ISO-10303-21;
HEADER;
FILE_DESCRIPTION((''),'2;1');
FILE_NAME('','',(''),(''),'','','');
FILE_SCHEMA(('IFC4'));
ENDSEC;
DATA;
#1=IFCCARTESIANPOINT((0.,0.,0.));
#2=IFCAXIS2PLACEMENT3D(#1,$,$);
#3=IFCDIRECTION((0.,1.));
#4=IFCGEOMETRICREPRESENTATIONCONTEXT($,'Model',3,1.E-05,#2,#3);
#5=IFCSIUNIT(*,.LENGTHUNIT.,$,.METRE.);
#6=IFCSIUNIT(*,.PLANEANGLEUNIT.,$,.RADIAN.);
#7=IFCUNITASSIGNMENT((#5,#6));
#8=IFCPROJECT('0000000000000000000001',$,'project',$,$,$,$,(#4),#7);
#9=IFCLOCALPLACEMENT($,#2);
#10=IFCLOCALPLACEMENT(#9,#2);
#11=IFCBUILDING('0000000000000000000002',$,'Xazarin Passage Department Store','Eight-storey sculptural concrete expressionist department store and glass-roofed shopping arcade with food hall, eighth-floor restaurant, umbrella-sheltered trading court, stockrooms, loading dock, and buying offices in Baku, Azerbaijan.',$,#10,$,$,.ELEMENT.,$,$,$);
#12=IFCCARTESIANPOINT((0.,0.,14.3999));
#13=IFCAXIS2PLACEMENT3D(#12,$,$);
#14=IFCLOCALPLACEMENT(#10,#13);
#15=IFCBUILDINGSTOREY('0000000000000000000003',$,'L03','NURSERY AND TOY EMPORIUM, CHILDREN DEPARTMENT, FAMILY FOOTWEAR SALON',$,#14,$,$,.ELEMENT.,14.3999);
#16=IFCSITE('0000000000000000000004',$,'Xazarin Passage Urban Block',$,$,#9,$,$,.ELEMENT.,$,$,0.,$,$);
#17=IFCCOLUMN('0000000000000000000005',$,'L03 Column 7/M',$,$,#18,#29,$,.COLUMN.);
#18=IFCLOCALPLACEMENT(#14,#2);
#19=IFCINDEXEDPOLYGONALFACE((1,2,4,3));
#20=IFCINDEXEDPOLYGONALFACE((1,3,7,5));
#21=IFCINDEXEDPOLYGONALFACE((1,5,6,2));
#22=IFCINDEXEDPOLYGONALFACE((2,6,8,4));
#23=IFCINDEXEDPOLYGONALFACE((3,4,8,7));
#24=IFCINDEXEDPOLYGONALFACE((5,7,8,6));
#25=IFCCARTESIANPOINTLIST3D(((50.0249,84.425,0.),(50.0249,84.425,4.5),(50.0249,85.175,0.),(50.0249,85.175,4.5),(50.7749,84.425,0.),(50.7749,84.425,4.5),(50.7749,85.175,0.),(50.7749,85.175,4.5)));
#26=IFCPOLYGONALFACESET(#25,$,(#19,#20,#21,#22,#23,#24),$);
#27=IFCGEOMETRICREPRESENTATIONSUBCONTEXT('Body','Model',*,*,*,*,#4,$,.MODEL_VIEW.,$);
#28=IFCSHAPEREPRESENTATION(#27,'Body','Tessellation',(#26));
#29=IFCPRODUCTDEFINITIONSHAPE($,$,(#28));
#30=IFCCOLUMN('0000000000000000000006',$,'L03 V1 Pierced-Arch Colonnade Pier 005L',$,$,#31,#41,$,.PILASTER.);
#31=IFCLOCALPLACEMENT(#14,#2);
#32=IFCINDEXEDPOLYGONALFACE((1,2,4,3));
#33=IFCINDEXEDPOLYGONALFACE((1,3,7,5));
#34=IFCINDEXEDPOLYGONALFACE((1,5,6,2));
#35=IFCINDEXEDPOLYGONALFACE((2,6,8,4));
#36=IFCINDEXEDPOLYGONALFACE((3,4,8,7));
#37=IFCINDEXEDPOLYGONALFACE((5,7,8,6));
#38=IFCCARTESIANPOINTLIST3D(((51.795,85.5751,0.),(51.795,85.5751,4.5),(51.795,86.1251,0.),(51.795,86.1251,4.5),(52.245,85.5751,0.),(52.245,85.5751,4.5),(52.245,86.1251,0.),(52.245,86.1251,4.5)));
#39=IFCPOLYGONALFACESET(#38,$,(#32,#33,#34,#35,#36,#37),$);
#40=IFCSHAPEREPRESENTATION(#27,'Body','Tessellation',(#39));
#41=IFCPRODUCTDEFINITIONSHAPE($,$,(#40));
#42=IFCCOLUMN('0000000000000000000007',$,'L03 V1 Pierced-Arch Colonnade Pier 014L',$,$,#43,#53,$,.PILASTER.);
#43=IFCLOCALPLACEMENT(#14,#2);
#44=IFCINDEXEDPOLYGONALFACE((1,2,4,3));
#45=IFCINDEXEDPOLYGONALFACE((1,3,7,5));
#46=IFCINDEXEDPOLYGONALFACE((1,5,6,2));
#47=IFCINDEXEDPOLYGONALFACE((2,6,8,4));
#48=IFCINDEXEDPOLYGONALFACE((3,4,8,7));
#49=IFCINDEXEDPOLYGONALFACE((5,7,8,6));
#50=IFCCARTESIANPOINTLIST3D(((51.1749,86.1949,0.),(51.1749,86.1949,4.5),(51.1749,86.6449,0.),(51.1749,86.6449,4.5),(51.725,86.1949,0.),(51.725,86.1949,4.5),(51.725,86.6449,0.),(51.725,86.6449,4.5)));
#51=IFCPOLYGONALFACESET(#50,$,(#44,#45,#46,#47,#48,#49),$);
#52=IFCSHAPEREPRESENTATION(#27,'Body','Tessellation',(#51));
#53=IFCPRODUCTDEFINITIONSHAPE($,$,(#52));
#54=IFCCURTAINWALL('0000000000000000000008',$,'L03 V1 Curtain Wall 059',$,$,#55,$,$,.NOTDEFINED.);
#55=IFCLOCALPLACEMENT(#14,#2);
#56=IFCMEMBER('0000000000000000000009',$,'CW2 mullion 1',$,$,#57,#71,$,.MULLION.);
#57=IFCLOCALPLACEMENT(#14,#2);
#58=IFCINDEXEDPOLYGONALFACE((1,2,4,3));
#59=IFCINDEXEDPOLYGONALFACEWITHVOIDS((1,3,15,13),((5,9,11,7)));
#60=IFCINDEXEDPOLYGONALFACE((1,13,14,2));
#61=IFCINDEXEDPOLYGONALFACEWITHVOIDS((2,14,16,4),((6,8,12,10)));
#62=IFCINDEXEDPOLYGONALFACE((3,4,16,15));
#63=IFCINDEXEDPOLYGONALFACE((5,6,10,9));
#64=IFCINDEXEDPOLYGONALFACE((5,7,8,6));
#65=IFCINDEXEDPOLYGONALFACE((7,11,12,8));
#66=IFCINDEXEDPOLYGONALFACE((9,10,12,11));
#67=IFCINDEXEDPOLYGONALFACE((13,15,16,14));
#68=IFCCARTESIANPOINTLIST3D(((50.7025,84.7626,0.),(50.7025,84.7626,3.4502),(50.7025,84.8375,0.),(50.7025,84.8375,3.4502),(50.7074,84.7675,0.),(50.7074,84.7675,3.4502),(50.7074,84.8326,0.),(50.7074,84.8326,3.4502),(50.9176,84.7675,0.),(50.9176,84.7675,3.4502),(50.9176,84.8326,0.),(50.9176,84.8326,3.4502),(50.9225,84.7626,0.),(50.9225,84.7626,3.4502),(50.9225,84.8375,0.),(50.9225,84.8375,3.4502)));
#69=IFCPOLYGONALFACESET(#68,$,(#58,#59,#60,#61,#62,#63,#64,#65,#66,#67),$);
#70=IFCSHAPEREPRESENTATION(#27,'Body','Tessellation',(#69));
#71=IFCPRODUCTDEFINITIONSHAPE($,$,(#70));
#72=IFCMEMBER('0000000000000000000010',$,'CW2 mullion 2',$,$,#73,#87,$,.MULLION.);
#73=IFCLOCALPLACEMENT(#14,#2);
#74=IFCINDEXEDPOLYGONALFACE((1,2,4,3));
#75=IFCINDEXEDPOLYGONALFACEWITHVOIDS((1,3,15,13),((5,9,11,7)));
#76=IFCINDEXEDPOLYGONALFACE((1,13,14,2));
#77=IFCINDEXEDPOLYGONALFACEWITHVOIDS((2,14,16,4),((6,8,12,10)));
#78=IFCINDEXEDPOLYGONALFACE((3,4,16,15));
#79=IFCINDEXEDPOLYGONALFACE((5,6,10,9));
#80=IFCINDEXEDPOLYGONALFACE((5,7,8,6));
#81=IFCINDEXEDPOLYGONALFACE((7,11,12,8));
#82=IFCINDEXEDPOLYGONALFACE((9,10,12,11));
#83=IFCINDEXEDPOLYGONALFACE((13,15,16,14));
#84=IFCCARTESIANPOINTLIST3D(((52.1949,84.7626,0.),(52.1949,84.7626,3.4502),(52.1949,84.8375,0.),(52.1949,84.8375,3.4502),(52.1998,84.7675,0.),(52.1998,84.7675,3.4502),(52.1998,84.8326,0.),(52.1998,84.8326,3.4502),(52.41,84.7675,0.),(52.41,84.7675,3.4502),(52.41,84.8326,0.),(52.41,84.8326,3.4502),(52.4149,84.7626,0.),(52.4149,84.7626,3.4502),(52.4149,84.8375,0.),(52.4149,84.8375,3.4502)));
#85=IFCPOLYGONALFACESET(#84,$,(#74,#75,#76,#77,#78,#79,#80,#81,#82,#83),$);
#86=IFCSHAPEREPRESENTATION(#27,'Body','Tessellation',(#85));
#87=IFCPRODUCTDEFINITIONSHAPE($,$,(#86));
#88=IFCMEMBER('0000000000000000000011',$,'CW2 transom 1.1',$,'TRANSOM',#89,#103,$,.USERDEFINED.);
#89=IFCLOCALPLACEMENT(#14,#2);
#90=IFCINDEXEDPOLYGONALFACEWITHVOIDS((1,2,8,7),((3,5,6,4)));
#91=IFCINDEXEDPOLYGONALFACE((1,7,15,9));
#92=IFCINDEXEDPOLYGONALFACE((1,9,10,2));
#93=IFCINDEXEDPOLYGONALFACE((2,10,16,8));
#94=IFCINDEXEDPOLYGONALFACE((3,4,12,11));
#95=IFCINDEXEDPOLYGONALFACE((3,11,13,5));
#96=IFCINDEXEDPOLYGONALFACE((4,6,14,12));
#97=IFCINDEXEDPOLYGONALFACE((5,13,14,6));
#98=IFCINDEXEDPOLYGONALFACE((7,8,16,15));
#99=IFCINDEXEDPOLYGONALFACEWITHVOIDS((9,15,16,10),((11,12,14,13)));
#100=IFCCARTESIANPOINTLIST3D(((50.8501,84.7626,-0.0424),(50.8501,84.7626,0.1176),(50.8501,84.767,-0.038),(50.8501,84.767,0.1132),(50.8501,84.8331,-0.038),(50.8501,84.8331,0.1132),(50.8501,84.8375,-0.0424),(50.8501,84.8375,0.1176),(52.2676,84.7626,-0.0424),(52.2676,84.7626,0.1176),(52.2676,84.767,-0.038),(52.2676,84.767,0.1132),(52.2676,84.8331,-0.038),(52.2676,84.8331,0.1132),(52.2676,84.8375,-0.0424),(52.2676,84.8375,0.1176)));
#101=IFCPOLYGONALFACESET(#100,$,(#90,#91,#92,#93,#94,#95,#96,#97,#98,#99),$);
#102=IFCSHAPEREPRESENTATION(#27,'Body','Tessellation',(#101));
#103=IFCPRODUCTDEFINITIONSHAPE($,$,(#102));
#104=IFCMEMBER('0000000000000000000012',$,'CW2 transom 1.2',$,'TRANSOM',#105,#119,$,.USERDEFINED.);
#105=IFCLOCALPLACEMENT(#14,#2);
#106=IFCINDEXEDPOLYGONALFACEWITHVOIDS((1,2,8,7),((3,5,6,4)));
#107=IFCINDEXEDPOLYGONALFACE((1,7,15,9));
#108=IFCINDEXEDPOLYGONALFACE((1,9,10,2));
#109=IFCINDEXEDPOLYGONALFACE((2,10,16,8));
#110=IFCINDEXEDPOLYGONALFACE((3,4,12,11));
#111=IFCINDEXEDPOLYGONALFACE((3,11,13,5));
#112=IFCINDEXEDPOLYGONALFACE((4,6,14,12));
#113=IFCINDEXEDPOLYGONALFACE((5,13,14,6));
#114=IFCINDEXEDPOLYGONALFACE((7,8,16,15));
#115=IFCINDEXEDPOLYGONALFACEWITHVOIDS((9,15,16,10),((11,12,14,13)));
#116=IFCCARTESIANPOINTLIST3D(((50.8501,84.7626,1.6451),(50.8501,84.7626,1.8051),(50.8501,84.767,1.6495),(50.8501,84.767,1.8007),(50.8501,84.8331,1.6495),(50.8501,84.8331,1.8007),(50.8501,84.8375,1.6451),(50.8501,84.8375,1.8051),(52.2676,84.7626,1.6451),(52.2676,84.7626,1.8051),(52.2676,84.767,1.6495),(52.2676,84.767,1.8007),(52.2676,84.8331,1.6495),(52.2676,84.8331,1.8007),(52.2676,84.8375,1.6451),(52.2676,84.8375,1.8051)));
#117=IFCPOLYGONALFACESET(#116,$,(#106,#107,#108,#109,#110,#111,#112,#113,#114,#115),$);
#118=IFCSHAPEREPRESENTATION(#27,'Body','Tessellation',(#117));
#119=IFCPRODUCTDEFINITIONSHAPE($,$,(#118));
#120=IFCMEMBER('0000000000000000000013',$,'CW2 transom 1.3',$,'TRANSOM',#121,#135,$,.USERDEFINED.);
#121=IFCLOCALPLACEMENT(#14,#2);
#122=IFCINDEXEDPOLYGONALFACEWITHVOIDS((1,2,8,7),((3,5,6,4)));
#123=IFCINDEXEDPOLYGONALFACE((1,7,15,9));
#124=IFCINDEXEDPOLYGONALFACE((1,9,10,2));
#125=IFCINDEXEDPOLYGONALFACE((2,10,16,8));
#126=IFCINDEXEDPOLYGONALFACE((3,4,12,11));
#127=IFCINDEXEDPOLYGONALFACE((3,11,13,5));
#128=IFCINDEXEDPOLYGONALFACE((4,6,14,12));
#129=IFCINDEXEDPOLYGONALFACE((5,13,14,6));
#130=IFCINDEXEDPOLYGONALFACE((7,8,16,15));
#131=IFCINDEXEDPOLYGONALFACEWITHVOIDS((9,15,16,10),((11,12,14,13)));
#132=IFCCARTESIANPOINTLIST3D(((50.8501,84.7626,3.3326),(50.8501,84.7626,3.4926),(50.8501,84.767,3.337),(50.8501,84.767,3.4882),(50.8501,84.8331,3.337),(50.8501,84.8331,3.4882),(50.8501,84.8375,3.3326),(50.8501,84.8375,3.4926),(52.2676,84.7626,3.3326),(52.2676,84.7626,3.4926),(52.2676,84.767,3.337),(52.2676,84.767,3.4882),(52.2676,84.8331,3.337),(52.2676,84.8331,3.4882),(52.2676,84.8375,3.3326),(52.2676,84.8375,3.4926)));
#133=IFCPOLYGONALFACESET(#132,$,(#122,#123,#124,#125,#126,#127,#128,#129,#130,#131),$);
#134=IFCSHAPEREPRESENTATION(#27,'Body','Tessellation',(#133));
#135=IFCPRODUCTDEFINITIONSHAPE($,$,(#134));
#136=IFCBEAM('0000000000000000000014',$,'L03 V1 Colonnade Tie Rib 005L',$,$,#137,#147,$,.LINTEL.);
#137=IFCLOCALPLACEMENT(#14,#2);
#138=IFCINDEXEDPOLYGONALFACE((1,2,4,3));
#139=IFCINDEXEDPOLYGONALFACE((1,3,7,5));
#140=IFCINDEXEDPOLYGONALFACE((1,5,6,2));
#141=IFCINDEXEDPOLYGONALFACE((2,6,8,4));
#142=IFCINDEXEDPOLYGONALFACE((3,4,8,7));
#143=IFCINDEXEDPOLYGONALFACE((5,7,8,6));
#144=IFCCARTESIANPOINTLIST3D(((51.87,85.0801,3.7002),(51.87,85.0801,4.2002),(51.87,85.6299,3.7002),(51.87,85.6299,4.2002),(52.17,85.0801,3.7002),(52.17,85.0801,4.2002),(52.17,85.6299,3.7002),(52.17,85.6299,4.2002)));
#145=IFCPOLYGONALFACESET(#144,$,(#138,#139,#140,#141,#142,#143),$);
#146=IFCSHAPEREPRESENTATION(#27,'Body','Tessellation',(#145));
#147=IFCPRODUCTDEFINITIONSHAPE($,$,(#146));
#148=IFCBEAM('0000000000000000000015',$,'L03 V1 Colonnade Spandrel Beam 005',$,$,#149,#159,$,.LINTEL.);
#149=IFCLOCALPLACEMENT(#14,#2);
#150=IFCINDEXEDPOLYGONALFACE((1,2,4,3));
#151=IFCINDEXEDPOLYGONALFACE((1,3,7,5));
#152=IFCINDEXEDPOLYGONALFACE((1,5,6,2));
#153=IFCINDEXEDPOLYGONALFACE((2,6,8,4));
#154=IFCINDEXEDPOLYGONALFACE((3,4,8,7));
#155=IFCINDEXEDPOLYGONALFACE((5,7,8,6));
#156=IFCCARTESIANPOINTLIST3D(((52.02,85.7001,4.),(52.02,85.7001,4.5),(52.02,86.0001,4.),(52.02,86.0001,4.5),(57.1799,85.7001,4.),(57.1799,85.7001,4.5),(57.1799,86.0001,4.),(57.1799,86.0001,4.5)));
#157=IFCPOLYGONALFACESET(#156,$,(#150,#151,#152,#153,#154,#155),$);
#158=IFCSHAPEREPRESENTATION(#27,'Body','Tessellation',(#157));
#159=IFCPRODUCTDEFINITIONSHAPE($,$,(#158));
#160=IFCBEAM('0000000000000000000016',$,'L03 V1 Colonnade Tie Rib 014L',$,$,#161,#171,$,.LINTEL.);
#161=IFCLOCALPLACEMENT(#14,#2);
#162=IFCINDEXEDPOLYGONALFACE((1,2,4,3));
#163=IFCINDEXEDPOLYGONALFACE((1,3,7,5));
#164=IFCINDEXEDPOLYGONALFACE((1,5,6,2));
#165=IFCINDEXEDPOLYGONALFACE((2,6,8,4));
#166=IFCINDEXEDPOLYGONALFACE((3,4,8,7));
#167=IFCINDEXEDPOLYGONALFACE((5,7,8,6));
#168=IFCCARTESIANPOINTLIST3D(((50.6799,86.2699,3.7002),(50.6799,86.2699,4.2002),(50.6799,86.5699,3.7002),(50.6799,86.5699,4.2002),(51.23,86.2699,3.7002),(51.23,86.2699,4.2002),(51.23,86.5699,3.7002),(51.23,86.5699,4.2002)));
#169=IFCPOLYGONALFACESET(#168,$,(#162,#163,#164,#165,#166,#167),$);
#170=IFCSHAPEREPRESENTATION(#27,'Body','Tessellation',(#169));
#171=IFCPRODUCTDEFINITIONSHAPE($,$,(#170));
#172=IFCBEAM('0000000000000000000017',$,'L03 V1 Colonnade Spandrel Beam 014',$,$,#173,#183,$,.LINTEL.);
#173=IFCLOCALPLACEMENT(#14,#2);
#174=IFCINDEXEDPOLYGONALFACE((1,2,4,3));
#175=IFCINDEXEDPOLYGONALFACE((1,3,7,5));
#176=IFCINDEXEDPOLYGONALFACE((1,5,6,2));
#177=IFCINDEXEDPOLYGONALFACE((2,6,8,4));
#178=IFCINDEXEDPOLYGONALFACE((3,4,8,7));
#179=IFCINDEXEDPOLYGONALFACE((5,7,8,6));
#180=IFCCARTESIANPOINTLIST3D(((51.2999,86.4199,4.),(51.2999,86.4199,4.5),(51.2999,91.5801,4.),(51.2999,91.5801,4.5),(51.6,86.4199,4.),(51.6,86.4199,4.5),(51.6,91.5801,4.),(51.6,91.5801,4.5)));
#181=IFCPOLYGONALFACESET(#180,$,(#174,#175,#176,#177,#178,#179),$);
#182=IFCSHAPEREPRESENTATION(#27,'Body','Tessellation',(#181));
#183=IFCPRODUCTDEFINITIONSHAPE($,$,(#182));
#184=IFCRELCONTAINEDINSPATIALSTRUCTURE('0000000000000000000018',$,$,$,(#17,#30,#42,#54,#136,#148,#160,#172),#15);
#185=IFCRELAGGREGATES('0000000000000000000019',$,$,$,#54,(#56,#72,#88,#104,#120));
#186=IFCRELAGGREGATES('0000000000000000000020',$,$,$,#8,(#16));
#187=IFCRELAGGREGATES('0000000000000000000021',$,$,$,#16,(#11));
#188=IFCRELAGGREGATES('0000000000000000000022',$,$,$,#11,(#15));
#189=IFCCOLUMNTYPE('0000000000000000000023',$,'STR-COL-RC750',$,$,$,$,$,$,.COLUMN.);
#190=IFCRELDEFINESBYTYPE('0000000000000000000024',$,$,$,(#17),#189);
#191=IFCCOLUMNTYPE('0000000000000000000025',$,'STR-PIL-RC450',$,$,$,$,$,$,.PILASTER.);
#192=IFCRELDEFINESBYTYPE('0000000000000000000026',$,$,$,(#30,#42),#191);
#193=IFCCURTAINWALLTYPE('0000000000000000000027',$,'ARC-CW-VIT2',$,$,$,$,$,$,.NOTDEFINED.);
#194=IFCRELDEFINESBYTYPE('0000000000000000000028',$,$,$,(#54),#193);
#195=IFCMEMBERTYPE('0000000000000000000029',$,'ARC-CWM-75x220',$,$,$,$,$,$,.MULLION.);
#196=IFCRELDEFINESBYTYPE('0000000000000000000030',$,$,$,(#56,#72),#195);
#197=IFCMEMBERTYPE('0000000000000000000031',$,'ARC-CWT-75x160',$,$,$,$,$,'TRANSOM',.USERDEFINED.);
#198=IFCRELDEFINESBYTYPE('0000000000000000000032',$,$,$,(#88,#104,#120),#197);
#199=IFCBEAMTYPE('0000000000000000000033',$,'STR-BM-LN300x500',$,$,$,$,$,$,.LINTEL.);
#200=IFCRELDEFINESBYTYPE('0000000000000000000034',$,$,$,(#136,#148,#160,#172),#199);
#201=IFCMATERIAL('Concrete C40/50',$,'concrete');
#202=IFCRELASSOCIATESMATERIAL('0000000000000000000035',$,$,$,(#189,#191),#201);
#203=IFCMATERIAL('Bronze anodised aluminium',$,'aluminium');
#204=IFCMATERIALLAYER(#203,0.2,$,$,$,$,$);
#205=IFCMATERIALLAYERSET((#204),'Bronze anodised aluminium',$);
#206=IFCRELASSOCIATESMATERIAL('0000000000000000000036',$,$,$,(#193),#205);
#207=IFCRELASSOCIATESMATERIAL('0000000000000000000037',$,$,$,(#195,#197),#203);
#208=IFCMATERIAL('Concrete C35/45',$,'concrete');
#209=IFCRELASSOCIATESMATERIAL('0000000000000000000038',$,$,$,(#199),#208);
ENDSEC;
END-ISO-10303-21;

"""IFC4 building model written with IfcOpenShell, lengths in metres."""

from ifc_helpers import new_model, si_unit, direction, frame, origin, origin_2d, place, context, subcontext, project, spatial, rectangle, hollow_rectangle, extrude, material, layer, layer_set, material_profile, profile_set, type_object, element, aggregate, save


model = new_model("IFC4")

# Units and contexts
model_context = context("Model", 3, precision=1e-05, world=origin(), true_north=direction((0.0, 1.0)))
body_context = subcontext(model_context, "Body", "Model", "MODEL_VIEW")
ifc_project = project(units=[si_unit("LENGTHUNIT", "METRE"), si_unit("PLANEANGLEUNIT", "RADIAN")], contexts=[model_context])

# Site, building, storey
site_placement = place(None, origin())
site = spatial("IfcSite", under=ifc_project, at=site_placement, Name="Xazarin Passage Urban Block", CompositionType="ELEMENT", RefElevation=0.0)
building_placement = place(site_placement, origin())
building = spatial("IfcBuilding", under=site, at=building_placement, Name="Xazarin Passage Department Store", Description="Eight-storey sculptural concrete expressionist department store and glass-roofed shopping arcade with food hall, eighth-floor restaurant, umbrella-sheltered trading court, stockrooms, loading dock, and buying offices in Baku, Azerbaijan.", CompositionType="ELEMENT")
storey_placement = place(building_placement, frame((0.0, 0.0, 14.3999)))
storey = spatial("IfcBuildingStorey", under=building, at=storey_placement, Name="L03", Description="NURSERY AND TOY EMPORIUM, CHILDREN DEPARTMENT, FAMILY FOOTWEAR SALON", CompositionType="ELEMENT", Elevation=14.3999)

# Columns
ifc_material_1 = material(Name="Concrete C40/50", Category="concrete")
ifc_material_profile_1 = material_profile(ifc_material_1, rectangle(XDim=0.75, YDim=0.75, at=origin_2d()), Name="RC 750x750")
ifc_profile_set_1 = profile_set([ifc_material_profile_1], Name="Concrete C40/50")
column_type_1 = type_object("IfcColumnType", Name="STR-COL-RC750", PredefinedType="COLUMN", material=ifc_profile_set_1)
column_placement = place(storey_placement, frame((50.3999, 84.8, 0.0), z_axis=(0.0, 0.0, 1.0), x_axis=(1.0, 0.0, 0.0)))
element("IfcColumn", 1, at=column_placement, inside=storey, type_object=column_type_1, Name="L03 Column 7/M", PredefinedType="COLUMN", context=body_context, shape_type="SweptSolid", body=[
    extrude(rectangle(XDim=0.75, YDim=0.75, at=origin_2d()), origin(), (0.0, 0.0, 1.0), 4.5),
])
ifc_material_profile_2 = material_profile(ifc_material_1, rectangle(XDim=0.45, YDim=0.55, at=origin_2d()), Name="RC 450x550")
ifc_profile_set_2 = profile_set([ifc_material_profile_2], Name="Concrete C40/50")
column_type_2 = type_object("IfcColumnType", Name="STR-PIL-RC450", PredefinedType="PILASTER", material=ifc_profile_set_2)
for number, where, z_axis, x_axis, name in (
    (2, (52.02, 85.8501, 0.0), (0.0, 0.0, 1.0), (1.0, 0.0, 0.0), "L03 V1 Pierced-Arch Colonnade Pier 005L"),
    (3, (51.45, 86.4199, 0.0), (0.0, 0.0, 1.0), (0.0, 1.0, 0.0), "L03 V1 Pierced-Arch Colonnade Pier 014L"),
):
    element("IfcColumn", number, at=place(storey_placement, frame(where, z_axis=z_axis, x_axis=x_axis)), inside=storey, type_object=column_type_2, Name=name, PredefinedType="PILASTER", context=body_context, shape_type="SweptSolid", body=[
        extrude(rectangle(XDim=0.45, YDim=0.55, at=origin_2d()), origin(), (0.0, 0.0, 1.0), 4.5),
    ])

# Curtain wall, members
ifc_material_2 = material(Name="Bronze anodised aluminium", Category="aluminium")
ifc_layer_1 = layer(ifc_material_2, 0.2)
ifc_layer_set_1 = layer_set([ifc_layer_1], Name="Bronze anodised aluminium")
curtain_wall_type = type_object("IfcCurtainWallType", Name="ARC-CW-VIT2", PredefinedType="NOTDEFINED", material=ifc_layer_set_1)
curtain_wall_placement = place(storey_placement, origin())
curtain_wall = element("IfcCurtainWall", 4, at=curtain_wall_placement, inside=storey, type_object=curtain_wall_type, Name="L03 V1 Curtain Wall 059", PredefinedType="NOTDEFINED")
ifc_material_profile_3 = material_profile(ifc_material_2, hollow_rectangle(XDim=0.075, YDim=0.22, WallThickness=0.0049, at=origin_2d()), Name="ALU 75x220")
ifc_profile_set_3 = profile_set([ifc_material_profile_3], Name="Bronze anodised aluminium")
member_type_1 = type_object("IfcMemberType", Name="ARC-CWM-75x220", PredefinedType="MULLION", material=ifc_profile_set_3)
member_1_placement = place(storey_placement, frame((50.8125, 84.8, 0.0), z_axis=(0.0, 0.0, 1.0), x_axis=(0.0, 1.0, 0.0)))
member_1 = element("IfcMember", 5, at=member_1_placement, type_object=member_type_1, Name="CW2 mullion 1", PredefinedType="MULLION", context=body_context, shape_type="SweptSolid", body=[
    extrude(hollow_rectangle(XDim=0.075, YDim=0.22, WallThickness=0.0049, at=origin_2d()), origin(), (0.0, 0.0, 1.0), 3.4502),
])
member_2_placement = place(storey_placement, frame((52.3049, 84.8, 0.0), z_axis=(0.0, 0.0, 1.0), x_axis=(0.0, 1.0, 0.0)))
member_2 = element("IfcMember", 6, at=member_2_placement, type_object=member_type_1, Name="CW2 mullion 2", PredefinedType="MULLION", context=body_context, shape_type="SweptSolid", body=[
    extrude(hollow_rectangle(XDim=0.075, YDim=0.22, WallThickness=0.0049, at=origin_2d()), origin(), (0.0, 0.0, 1.0), 3.4502),
])
ifc_material_profile_4 = material_profile(ifc_material_2, hollow_rectangle(XDim=0.075, YDim=0.1599, WallThickness=0.0044, at=origin_2d()), Name="ALU 75x160")
ifc_profile_set_4 = profile_set([ifc_material_profile_4], Name="Bronze anodised aluminium")
member_type_2 = type_object("IfcMemberType", Name="ARC-CWT-75x160", ElementType="TRANSOM", PredefinedType="USERDEFINED", material=ifc_profile_set_4)
member_3_placement = place(storey_placement, frame((50.8501, 84.8, 0.0376), z_axis=(1.0, 0.0, 0.0), x_axis=(0.0, 1.0, 0.0)))
member_3 = element("IfcMember", 7, at=member_3_placement, type_object=member_type_2, Name="CW2 transom 1.1", ObjectType="TRANSOM", PredefinedType="USERDEFINED", context=body_context, shape_type="SweptSolid", body=[
    extrude(hollow_rectangle(XDim=0.075, YDim=0.1599, WallThickness=0.0044, at=origin_2d()), origin(), (0.0, 0.0, 1.0), 1.4175),
])
member_4_placement = place(storey_placement, frame((50.8501, 84.8, 1.7251), z_axis=(1.0, 0.0, 0.0), x_axis=(0.0, 1.0, 0.0)))
member_4 = element("IfcMember", 8, at=member_4_placement, type_object=member_type_2, Name="CW2 transom 1.2", ObjectType="TRANSOM", PredefinedType="USERDEFINED", context=body_context, shape_type="SweptSolid", body=[
    extrude(hollow_rectangle(XDim=0.075, YDim=0.1599, WallThickness=0.0044, at=origin_2d()), origin(), (0.0, 0.0, 1.0), 1.4175),
])
member_5_placement = place(storey_placement, frame((50.8501, 84.8, 3.4126), z_axis=(1.0, 0.0, 0.0), x_axis=(0.0, 1.0, 0.0)))
member_5 = element("IfcMember", 9, at=member_5_placement, type_object=member_type_2, Name="CW2 transom 1.3", ObjectType="TRANSOM", PredefinedType="USERDEFINED", context=body_context, shape_type="SweptSolid", body=[
    extrude(hollow_rectangle(XDim=0.075, YDim=0.1599, WallThickness=0.0044, at=origin_2d()), origin(), (0.0, 0.0, 1.0), 1.4175),
])

# Beams
ifc_material_3 = material(Name="Concrete C35/45", Category="concrete")
ifc_material_profile_5 = material_profile(ifc_material_3, rectangle(XDim=0.3, YDim=0.5, at=origin_2d()), Name="RC 300x500")
ifc_profile_set_5 = profile_set([ifc_material_profile_5], Name="Concrete C35/45")
beam_type_1 = type_object("IfcBeamType", Name="STR-BM-LN300x500", PredefinedType="LINTEL", material=ifc_profile_set_5)
beam_1_placement = place(storey_placement, frame((52.02, 85.0801, 3.9502), z_axis=(0.0, 1.0, 0.0), x_axis=(-1.0, 0.0, 0.0)))
element("IfcBeam", 10, at=beam_1_placement, inside=storey, type_object=beam_type_1, Name="L03 V1 Colonnade Tie Rib 005L", PredefinedType="LINTEL", context=body_context, shape_type="SweptSolid", body=[
    extrude(rectangle(XDim=0.3, YDim=0.5, at=origin_2d()), origin(), (0.0, 0.0, 1.0), 0.5498),
])
beam_2_placement = place(storey_placement, frame((52.02, 85.8501, 4.25), z_axis=(1.0, 0.0, 0.0), x_axis=(0.0, 1.0, 0.0)))
element("IfcBeam", 11, at=beam_2_placement, inside=storey, type_object=beam_type_1, Name="L03 V1 Colonnade Spandrel Beam 005", PredefinedType="LINTEL", context=body_context, shape_type="SweptSolid", body=[
    extrude(rectangle(XDim=0.3, YDim=0.5, at=origin_2d()), origin(), (0.0, 0.0, 1.0), 5.1599),
])
beam_3_placement = place(storey_placement, frame((50.6799, 86.4199, 3.9502), z_axis=(1.0, 0.0, 0.0), x_axis=(0.0, 1.0, 0.0)))
element("IfcBeam", 12, at=beam_3_placement, inside=storey, type_object=beam_type_1, Name="L03 V1 Colonnade Tie Rib 014L", PredefinedType="LINTEL", context=body_context, shape_type="SweptSolid", body=[
    extrude(rectangle(XDim=0.3, YDim=0.5, at=origin_2d()), origin(), (0.0, 0.0, 1.0), 0.55),
])
beam_4_placement = place(storey_placement, frame((51.45, 86.4199, 4.25), z_axis=(0.0, 1.0, 0.0), x_axis=(-1.0, 0.0, 0.0)))
element("IfcBeam", 13, at=beam_4_placement, inside=storey, type_object=beam_type_1, Name="L03 V1 Colonnade Spandrel Beam 014", PredefinedType="LINTEL", context=body_context, shape_type="SweptSolid", body=[
    extrude(rectangle(XDim=0.3, YDim=0.5, at=origin_2d()), origin(), (0.0, 0.0, 1.0), 5.1602),
])

aggregate(curtain_wall, [member_1, member_2, member_3, member_4, member_5])

save(model, "model.ifc")
